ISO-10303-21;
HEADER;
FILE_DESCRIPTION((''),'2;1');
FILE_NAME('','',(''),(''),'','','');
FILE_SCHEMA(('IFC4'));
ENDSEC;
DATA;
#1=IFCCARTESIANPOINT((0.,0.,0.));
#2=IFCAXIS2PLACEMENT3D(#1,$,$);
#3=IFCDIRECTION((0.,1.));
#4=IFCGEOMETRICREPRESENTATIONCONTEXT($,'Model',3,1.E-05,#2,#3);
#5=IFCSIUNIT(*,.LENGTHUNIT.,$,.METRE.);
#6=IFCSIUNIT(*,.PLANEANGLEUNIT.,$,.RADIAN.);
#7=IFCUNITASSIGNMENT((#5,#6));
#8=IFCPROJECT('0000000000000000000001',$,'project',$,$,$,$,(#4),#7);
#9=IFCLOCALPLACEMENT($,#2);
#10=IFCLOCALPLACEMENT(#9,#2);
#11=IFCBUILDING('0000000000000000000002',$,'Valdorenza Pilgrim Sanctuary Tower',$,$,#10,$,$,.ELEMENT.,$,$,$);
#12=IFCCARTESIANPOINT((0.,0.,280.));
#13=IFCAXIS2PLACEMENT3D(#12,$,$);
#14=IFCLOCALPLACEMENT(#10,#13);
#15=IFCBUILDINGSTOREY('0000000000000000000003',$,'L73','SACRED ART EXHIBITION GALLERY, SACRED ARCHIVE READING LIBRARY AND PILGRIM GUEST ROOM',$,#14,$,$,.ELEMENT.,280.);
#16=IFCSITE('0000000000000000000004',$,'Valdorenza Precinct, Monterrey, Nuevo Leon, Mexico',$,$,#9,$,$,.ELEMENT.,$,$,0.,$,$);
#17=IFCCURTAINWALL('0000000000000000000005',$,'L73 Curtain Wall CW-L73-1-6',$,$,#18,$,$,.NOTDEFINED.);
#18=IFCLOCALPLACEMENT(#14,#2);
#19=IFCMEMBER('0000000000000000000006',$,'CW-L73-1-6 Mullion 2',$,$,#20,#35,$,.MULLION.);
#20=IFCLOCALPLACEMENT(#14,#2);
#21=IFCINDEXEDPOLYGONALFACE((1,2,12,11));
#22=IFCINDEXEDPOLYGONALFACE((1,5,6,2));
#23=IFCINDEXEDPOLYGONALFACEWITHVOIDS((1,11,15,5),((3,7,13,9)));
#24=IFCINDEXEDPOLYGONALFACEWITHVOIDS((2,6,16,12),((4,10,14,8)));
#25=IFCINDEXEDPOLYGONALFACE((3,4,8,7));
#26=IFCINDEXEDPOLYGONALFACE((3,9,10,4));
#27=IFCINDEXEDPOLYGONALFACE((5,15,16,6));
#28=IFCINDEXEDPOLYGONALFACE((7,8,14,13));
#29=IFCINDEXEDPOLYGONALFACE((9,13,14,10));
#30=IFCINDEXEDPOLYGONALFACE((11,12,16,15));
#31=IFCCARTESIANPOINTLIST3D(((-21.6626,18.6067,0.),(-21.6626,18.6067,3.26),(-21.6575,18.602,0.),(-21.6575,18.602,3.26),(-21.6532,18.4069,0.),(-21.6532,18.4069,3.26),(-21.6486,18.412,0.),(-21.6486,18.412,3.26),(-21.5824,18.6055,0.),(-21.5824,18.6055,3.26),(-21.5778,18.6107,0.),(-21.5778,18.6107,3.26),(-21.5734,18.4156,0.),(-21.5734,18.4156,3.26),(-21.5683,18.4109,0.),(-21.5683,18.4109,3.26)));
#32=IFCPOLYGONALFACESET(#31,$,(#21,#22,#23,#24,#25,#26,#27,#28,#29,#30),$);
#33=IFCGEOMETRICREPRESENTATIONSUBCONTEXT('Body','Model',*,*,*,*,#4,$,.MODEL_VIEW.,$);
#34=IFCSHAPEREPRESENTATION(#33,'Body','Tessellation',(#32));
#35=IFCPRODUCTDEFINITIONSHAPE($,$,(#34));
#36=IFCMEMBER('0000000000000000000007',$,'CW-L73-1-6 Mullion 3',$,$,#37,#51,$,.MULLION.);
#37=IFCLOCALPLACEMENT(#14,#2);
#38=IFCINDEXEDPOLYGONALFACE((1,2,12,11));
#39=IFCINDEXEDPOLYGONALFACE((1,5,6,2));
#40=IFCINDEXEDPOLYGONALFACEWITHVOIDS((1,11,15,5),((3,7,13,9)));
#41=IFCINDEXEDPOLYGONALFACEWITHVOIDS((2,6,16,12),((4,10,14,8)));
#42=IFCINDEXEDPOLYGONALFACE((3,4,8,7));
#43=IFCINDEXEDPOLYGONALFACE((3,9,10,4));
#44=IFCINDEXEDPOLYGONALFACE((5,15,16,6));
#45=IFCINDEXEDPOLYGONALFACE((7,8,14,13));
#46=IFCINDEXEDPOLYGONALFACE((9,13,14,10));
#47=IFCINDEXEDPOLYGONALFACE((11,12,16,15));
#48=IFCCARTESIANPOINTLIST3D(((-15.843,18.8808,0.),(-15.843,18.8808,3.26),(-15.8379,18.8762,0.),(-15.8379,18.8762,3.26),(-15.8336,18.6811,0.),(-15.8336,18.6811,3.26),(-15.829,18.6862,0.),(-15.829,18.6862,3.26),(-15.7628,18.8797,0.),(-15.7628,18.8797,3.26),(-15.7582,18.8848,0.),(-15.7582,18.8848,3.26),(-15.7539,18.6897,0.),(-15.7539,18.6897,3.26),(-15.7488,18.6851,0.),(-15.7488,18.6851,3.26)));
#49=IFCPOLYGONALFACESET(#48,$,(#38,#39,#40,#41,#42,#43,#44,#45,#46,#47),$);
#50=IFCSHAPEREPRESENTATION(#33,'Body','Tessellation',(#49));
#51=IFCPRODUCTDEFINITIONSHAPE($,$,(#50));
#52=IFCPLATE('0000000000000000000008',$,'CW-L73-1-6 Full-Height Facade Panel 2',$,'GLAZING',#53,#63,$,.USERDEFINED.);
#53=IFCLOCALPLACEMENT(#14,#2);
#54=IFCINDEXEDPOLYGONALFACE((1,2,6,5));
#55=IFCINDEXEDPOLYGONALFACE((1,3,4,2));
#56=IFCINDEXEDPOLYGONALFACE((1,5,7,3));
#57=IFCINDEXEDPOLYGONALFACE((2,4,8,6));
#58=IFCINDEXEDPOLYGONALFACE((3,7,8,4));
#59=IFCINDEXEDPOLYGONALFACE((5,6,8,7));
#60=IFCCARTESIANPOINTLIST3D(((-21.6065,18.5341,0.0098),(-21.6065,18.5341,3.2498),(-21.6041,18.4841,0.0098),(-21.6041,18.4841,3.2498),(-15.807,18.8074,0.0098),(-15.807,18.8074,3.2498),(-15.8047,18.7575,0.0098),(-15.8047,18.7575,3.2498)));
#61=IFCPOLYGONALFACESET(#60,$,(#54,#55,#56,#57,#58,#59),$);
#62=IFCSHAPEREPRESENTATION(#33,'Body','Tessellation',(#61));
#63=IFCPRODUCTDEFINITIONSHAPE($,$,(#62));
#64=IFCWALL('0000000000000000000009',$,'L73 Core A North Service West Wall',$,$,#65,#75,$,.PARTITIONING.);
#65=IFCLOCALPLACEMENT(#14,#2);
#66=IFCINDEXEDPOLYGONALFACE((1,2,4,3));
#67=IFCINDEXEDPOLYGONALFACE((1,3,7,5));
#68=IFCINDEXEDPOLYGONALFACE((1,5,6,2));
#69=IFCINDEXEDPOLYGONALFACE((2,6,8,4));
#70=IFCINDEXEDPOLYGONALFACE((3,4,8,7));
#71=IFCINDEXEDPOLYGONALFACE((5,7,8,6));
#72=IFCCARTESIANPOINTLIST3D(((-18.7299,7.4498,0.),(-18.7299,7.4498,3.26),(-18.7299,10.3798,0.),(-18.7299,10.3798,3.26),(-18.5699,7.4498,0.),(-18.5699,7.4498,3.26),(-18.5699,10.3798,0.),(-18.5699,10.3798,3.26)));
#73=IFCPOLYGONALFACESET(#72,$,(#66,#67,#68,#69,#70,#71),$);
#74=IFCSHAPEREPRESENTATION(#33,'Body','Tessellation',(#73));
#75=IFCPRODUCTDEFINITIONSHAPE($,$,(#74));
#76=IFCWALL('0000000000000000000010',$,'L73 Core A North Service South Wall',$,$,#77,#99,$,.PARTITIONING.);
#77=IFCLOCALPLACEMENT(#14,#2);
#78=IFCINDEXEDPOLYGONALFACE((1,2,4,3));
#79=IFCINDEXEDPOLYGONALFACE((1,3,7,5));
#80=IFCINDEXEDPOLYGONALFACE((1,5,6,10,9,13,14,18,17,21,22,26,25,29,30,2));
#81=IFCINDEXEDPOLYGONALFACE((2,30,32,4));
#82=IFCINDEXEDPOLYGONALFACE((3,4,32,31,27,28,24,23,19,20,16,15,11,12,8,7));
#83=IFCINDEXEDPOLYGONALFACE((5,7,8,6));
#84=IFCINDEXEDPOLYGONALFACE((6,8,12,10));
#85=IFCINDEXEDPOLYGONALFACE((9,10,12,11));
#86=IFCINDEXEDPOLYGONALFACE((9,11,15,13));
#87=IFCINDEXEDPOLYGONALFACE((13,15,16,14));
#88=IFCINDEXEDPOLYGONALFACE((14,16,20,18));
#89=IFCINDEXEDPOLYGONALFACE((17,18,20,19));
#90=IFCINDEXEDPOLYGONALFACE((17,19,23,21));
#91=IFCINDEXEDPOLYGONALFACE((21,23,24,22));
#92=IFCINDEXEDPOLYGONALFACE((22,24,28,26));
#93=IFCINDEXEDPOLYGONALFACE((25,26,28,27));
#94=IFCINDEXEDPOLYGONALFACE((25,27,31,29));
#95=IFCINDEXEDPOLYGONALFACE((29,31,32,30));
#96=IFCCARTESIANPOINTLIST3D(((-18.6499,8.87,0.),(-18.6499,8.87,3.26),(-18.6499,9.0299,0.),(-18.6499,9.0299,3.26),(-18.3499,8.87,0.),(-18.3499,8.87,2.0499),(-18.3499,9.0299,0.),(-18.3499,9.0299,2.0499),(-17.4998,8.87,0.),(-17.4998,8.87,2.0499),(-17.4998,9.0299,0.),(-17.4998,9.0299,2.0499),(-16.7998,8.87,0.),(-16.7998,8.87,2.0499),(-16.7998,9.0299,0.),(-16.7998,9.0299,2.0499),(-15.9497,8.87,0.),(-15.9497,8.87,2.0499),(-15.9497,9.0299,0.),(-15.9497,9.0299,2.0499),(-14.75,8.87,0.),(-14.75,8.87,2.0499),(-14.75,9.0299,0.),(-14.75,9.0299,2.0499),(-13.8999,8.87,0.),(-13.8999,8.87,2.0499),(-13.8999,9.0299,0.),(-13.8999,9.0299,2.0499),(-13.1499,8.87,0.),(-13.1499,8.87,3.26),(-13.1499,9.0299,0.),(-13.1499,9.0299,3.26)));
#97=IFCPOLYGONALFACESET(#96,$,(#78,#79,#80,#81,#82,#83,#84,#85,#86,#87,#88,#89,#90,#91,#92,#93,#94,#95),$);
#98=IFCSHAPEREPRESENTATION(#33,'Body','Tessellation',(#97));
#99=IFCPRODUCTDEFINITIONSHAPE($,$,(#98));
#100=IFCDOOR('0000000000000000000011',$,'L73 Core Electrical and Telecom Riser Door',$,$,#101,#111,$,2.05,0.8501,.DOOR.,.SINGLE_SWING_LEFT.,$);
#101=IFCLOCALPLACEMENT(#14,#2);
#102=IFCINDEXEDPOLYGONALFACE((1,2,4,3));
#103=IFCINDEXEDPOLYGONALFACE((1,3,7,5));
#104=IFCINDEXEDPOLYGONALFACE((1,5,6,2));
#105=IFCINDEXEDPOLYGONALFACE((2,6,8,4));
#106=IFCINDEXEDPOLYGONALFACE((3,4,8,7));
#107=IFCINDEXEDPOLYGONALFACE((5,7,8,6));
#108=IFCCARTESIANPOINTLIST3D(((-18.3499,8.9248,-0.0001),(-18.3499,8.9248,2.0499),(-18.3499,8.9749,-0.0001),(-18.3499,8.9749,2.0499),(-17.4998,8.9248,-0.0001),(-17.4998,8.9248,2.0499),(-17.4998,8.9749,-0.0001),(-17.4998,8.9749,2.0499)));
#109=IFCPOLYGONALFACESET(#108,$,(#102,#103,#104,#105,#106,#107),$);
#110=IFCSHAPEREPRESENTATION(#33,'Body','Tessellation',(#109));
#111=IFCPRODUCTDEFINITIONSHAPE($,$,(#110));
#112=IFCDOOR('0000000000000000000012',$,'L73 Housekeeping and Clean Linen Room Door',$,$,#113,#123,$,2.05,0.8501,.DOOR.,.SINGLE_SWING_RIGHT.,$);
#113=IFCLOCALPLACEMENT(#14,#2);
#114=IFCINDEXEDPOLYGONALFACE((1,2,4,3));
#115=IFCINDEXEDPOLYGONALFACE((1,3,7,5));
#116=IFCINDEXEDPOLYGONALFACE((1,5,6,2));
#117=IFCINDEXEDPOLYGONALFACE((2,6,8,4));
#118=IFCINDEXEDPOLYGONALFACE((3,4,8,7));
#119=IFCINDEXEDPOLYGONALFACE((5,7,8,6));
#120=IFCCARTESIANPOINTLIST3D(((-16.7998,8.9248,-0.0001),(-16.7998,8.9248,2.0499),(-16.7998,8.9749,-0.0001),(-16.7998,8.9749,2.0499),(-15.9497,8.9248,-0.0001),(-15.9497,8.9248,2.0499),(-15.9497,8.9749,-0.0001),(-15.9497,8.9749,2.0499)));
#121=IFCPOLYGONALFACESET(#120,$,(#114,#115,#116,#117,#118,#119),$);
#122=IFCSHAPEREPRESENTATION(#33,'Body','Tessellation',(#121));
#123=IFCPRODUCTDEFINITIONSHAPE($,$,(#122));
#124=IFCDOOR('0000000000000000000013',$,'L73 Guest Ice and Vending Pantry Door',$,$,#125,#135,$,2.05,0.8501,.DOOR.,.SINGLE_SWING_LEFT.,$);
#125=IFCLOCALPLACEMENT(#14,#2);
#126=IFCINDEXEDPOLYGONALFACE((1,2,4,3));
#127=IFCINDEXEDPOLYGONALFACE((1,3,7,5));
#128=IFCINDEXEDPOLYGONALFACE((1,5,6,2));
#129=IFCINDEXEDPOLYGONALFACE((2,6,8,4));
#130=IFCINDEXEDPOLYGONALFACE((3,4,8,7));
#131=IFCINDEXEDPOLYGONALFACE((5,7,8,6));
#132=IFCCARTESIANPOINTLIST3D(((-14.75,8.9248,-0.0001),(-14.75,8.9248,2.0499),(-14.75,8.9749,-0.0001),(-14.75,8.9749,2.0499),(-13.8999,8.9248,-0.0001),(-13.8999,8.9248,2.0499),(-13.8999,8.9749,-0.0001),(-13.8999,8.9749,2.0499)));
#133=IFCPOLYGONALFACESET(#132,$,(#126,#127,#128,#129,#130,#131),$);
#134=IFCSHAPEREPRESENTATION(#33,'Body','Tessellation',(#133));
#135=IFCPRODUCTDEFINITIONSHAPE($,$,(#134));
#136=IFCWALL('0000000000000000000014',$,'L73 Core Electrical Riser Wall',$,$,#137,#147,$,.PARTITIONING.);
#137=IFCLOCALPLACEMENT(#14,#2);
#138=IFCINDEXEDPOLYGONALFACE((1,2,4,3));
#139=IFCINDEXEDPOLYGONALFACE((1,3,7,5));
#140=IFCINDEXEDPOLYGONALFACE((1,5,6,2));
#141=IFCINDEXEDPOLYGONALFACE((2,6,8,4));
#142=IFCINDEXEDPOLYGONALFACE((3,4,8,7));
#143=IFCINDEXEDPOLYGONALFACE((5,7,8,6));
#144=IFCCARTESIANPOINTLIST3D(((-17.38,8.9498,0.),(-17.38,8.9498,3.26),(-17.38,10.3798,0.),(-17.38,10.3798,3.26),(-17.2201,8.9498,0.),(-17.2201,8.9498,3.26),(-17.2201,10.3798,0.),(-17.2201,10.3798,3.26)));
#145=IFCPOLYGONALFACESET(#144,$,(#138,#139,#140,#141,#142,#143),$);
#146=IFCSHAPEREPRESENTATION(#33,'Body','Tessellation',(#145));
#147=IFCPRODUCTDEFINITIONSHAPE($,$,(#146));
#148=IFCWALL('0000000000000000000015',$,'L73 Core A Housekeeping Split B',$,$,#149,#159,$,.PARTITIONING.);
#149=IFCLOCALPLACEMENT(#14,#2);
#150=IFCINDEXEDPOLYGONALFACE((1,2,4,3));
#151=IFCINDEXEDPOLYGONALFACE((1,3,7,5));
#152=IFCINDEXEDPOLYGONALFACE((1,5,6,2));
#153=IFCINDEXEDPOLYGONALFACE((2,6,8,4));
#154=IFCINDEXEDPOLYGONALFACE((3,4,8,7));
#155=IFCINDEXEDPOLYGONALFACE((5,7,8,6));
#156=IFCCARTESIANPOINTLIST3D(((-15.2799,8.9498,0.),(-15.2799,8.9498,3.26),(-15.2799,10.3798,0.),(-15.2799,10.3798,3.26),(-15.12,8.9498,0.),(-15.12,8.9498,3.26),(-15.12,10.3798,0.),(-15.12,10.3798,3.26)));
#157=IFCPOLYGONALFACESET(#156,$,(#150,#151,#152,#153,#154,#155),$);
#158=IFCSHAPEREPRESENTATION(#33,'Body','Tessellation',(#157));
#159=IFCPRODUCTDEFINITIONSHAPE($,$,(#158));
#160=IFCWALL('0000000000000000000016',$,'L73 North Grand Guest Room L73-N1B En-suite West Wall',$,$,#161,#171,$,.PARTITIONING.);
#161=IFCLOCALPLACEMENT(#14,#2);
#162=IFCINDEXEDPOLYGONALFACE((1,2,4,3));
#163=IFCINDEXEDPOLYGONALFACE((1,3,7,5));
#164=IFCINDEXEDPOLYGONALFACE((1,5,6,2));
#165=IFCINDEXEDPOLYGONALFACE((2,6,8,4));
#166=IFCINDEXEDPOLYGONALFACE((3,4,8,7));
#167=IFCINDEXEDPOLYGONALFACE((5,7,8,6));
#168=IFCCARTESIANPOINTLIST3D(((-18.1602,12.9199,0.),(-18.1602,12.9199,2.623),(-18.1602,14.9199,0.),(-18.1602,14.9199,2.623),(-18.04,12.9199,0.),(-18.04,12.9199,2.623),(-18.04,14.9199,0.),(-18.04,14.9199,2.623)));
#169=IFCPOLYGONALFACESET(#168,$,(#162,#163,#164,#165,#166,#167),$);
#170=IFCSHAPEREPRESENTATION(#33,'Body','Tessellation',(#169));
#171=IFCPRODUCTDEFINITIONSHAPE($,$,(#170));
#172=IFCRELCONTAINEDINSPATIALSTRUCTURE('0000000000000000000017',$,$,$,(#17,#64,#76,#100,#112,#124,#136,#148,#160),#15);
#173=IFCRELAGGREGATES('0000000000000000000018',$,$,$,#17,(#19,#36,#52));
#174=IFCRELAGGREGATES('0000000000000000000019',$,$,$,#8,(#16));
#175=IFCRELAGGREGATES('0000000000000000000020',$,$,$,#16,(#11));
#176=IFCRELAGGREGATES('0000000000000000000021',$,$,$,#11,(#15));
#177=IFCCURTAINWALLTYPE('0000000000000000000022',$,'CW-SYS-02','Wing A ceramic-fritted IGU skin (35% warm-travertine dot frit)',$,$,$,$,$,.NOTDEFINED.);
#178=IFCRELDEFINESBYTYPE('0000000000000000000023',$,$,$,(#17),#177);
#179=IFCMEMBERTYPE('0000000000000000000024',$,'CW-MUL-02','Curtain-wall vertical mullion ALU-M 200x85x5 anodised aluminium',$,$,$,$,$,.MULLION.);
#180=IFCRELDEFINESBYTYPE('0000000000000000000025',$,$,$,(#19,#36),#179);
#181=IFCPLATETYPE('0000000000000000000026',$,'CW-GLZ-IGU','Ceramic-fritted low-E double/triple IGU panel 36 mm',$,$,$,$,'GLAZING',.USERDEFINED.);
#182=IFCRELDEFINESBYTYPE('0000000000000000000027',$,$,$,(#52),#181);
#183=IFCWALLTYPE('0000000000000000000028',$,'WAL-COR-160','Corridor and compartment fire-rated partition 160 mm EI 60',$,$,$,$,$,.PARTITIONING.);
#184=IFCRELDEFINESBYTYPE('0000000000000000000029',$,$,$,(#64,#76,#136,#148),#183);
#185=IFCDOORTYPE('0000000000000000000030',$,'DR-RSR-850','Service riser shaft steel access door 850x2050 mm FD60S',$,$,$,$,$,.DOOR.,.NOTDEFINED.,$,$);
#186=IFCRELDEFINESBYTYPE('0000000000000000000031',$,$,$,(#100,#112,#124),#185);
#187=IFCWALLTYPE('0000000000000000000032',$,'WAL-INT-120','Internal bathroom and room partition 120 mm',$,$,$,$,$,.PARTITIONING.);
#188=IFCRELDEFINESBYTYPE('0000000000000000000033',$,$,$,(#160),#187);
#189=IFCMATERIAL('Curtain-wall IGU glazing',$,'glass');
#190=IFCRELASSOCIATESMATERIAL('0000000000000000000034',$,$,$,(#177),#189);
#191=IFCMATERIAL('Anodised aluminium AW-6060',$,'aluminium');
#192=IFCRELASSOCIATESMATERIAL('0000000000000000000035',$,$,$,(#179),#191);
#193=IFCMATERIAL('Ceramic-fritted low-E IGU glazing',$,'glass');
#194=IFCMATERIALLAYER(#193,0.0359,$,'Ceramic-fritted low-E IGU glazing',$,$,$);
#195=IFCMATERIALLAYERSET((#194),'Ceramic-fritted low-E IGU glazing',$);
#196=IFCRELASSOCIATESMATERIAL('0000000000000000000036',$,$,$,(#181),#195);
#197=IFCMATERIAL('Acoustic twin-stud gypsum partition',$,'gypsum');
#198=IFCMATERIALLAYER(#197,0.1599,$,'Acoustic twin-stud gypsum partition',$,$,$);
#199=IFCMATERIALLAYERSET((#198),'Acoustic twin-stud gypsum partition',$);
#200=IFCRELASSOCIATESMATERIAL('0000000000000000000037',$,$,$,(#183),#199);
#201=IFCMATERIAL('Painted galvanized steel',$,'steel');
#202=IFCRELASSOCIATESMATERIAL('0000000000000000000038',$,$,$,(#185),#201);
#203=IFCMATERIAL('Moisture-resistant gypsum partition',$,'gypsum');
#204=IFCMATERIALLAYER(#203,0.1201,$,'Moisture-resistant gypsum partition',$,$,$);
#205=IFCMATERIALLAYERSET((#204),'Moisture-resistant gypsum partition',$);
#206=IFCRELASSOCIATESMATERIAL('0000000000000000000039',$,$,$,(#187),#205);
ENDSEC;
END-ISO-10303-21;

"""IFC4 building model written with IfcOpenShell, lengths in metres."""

from ifc_helpers import new_model, si_unit, direction, frame, frame_2d, origin, origin_2d, place, context, subcontext, project, spatial, rectangle, hollow_rectangle, extrude, source, transform, mapped, material, layer, layer_set, material_profile, profile_set, type_object, element, fill, aggregate, save


model = new_model("IFC4")

# Units and contexts
model_context = context("Model", 3, precision=1e-05, world=origin(), true_north=direction((0.0, 1.0)))
body_context = subcontext(model_context, "Body", "Model", "MODEL_VIEW")
ifc_project = project(units=[si_unit("LENGTHUNIT", "METRE"), si_unit("PLANEANGLEUNIT", "RADIAN")], contexts=[model_context])

# Site, building, storey
site_placement = place(None, origin())
site = spatial("IfcSite", under=ifc_project, at=site_placement, Name="Valdorenza Precinct, Monterrey, Nuevo Leon, Mexico", CompositionType="ELEMENT", RefElevation=0.0)
building_placement = place(site_placement, origin())
building = spatial("IfcBuilding", under=site, at=building_placement, Name="Valdorenza Pilgrim Sanctuary Tower", CompositionType="ELEMENT")
storey_placement = place(building_placement, frame((0.0, 0.0, 280.0)))
storey = spatial("IfcBuildingStorey", under=building, at=storey_placement, Name="L73", Description="SACRED ART EXHIBITION GALLERY, SACRED ARCHIVE READING LIBRARY AND PILGRIM GUEST ROOM", CompositionType="ELEMENT", Elevation=280.0)

# Curtain wall, members, plate
ifc_material_1 = material(Name="Curtain-wall IGU glazing", Category="glass")
curtain_wall_type = type_object("IfcCurtainWallType", Name="CW-SYS-02", Description="Wing A ceramic-fritted IGU skin (35% warm-travertine dot frit)", PredefinedType="NOTDEFINED", material=ifc_material_1)
curtain_wall_placement = place(storey_placement, origin())
curtain_wall = element("IfcCurtainWall", 1, at=curtain_wall_placement, inside=storey, type_object=curtain_wall_type, Name="L73 Curtain Wall CW-L73-1-6", PredefinedType="NOTDEFINED")
ifc_material_2 = material(Name="Anodised aluminium AW-6060", Category="aluminium")
ifc_material_profile = material_profile(ifc_material_2, hollow_rectangle(XDim=0.085, YDim=0.2, WallThickness=0.0049, at=origin_2d()), Name="ALU-M 200x85x5")
ifc_profile_set = profile_set([ifc_material_profile], Name="Anodised aluminium AW-6060")
member_type = type_object("IfcMemberType", Name="CW-MUL-02", Description="Curtain-wall vertical mullion ALU-M 200x85x5 anodised aluminium", PredefinedType="MULLION", material=ifc_profile_set)
shared_shape_1 = source(origin(), body_context, "Body", "SweptSolid", [
    extrude(hollow_rectangle(XDim=0.085, YDim=0.2, WallThickness=0.0049, at=origin_2d()), origin(), (0.0, 0.0, 1.0), 3.26),
])
member_1_placement = place(storey_placement, frame((-21.6155, 18.5088, 0.0), z_axis=(0.0, 0.0, 1.0), x_axis=(0.998891, 0.047089, 0.0)))
member_1 = element("IfcMember", 2, at=member_1_placement, type_object=member_type, Name="CW-L73-1-6 Mullion 2", PredefinedType="MULLION", context=body_context, shape_type="MappedRepresentation", body=[
    mapped(shared_shape_1, transform((0.0, 0.0, 0.0), x_axis=(1.0, 0.0, 0.0), y_axis=(0.0, 1.0, 0.0), z_axis=(0.0, 0.0, 1.0), scale=1.0)),
])
member_2_placement = place(storey_placement, frame((-15.7959, 18.783, 0.0), z_axis=(0.0, 0.0, 1.0), x_axis=(0.998891, 0.047089, 0.0)))
member_2 = element("IfcMember", 3, at=member_2_placement, type_object=member_type, Name="CW-L73-1-6 Mullion 3", PredefinedType="MULLION", context=body_context, shape_type="MappedRepresentation", body=[
    mapped(shared_shape_1, transform((0.0, 0.0, 0.0), x_axis=(1.0, 0.0, 0.0), y_axis=(0.0, 1.0, 0.0), z_axis=(0.0, 0.0, 1.0), scale=1.0)),
])
ifc_material_3 = material(Name="Ceramic-fritted low-E IGU glazing", Category="glass")
ifc_layer_1 = layer(ifc_material_3, 0.0359, Name="Ceramic-fritted low-E IGU glazing")
ifc_layer_set_1 = layer_set([ifc_layer_1], Name="Ceramic-fritted low-E IGU glazing")
plate_type = type_object("IfcPlateType", Name="CW-GLZ-IGU", Description="Ceramic-fritted low-E double/triple IGU panel 36 mm", ElementType="GLAZING", PredefinedType="USERDEFINED", material=ifc_layer_set_1)
shared_shape_2 = source(origin(), body_context, "Body", "SweptSolid", [
    extrude(rectangle(XDim=5.8059, YDim=0.05, at=origin_2d()), origin(), (0.0, 0.0, 1.0), 3.24),
])
plate_placement = place(storey_placement, frame((-18.7056, 18.6458, 0.0098), z_axis=(0.0, 0.0, 1.0), x_axis=(0.998891, 0.047089, 0.0)))
plate = element("IfcPlate", 4, at=plate_placement, type_object=plate_type, Name="CW-L73-1-6 Full-Height Facade Panel 2", ObjectType="GLAZING", PredefinedType="USERDEFINED", context=body_context, shape_type="MappedRepresentation", body=[
    mapped(shared_shape_2, transform((0.0, 0.0, 0.0), x_axis=(1.0, 0.0, 0.0), y_axis=(0.0, 1.0, 0.0), z_axis=(0.0, 0.0, 1.0), scale=1.0)),
])
aggregate(curtain_wall, [member_1, member_2, plate])

# Wall
ifc_material_4 = material(Name="Acoustic twin-stud gypsum partition", Category="gypsum")
ifc_layer_2 = layer(ifc_material_4, 0.1599, Name="Acoustic twin-stud gypsum partition")
ifc_layer_set_2 = layer_set([ifc_layer_2], Name="Acoustic twin-stud gypsum partition")
wall_type_1 = type_object("IfcWallType", Name="WAL-COR-160", Description="Corridor and compartment fire-rated partition 160 mm EI 60", PredefinedType="PARTITIONING", material=ifc_layer_set_2)
wall_1_placement = place(storey_placement, frame((-18.6499, 7.45, 0.0), z_axis=(0.0, 0.0, 1.0), x_axis=(0.0, 1.0, 0.0)))
element("IfcWall", 5, at=wall_1_placement, inside=storey, type_object=wall_type_1, Name="L73 Core A North Service West Wall", PredefinedType="PARTITIONING", context=body_context, shape_type="SweptSolid", body=[
    extrude(rectangle(XDim=2.9299, YDim=0.1599, at=frame_2d((1.4648, 0.0))), origin(), (0.0, 0.0, 1.0), 3.26),
])

# Wall, openings, doors
wall_2_placement = place(storey_placement, frame((-18.6499, 8.95, 0.0), z_axis=(0.0, 0.0, 1.0), x_axis=(1.0, 0.0, 0.0)))
wall_2 = element("IfcWall", 6, at=wall_2_placement, inside=storey, type_object=wall_type_1, Name="L73 Core A North Service South Wall", PredefinedType="PARTITIONING", context=body_context, shape_type="SweptSolid", body=[
    extrude(rectangle(XDim=5.5, YDim=0.1599, at=frame_2d((2.75, 0.0))), origin(), (0.0, 0.0, 1.0), 3.26),
])
opening_1_placement = place(wall_2_placement, frame((0.3, 0.0, 0.0)))
opening_1 = element("IfcOpeningElement", 7, at=opening_1_placement, cuts=wall_2, PredefinedType="OPENING", context=body_context, shape_type="SweptSolid", body=[
    extrude(rectangle(XDim=0.8501, YDim=2.05, at=frame_2d((0.425, 1.0249))), frame((0.0, 0.0947, 0.0), z_axis=(0.0, -1.0, 0.0), x_axis=(1.0, 0.0, 0.0)), (0.0, 0.0, 1.0), 0.1897),
])
opening_2_placement = place(wall_2_placement, frame((1.8501, 0.0, 0.0)))
opening_2 = element("IfcOpeningElement", 8, at=opening_2_placement, cuts=wall_2, PredefinedType="OPENING", context=body_context, shape_type="SweptSolid", body=[
    extrude(rectangle(XDim=0.8501, YDim=2.05, at=frame_2d((0.425, 1.0249))), frame((0.0, 0.0947, 0.0), z_axis=(0.0, -1.0, 0.0), x_axis=(1.0, 0.0, 0.0)), (0.0, 0.0, 1.0), 0.1897),
])
opening_3_placement = place(wall_2_placement, frame((3.8999, 0.0, 0.0)))
opening_3 = element("IfcOpeningElement", 9, at=opening_3_placement, cuts=wall_2, PredefinedType="OPENING", context=body_context, shape_type="SweptSolid", body=[
    extrude(rectangle(XDim=0.8501, YDim=2.05, at=frame_2d((0.425, 1.0249))), frame((0.0, 0.0947, 0.0), z_axis=(0.0, -1.0, 0.0), x_axis=(1.0, 0.0, 0.0)), (0.0, 0.0, 1.0), 0.1897),
])
ifc_material_5 = material(Name="Painted galvanized steel", Category="steel")
door_type_1 = type_object("IfcDoorType", Name="DR-RSR-850", Description="Service riser shaft steel access door 850x2050 mm FD60S", OperationType="NOTDEFINED", PredefinedType="DOOR", material=ifc_material_5)
door_1_placement = place(opening_1_placement, origin())
door_1 = element("IfcDoor", 10, at=door_1_placement, inside=storey, type_object=door_type_1, Name="L73 Core Electrical and Telecom Riser Door", OperationType="SINGLE_SWING_LEFT", OverallHeight=2.05, OverallWidth=0.8501, PredefinedType="DOOR", context=body_context, shape_type="SweptSolid", body=[
    extrude(rectangle(XDim=0.8501, YDim=2.05, at=frame_2d((0.425, 1.0249))), frame((0.0, 0.0249, 0.0), z_axis=(0.0, -1.0, 0.0), x_axis=(1.0, 0.0, 0.0)), (0.0, 0.0, 1.0), 0.05),
])
fill(opening_1, door_1)
door_2_placement = place(opening_2_placement, origin())
door_2 = element("IfcDoor", 11, at=door_2_placement, inside=storey, type_object=door_type_1, Name="L73 Housekeeping and Clean Linen Room Door", OperationType="SINGLE_SWING_RIGHT", OverallHeight=2.05, OverallWidth=0.8501, PredefinedType="DOOR", context=body_context, shape_type="SweptSolid", body=[
    extrude(rectangle(XDim=0.8501, YDim=2.05, at=frame_2d((0.425, 1.0249))), frame((0.0, 0.0249, 0.0), z_axis=(0.0, -1.0, 0.0), x_axis=(1.0, 0.0, 0.0)), (0.0, 0.0, 1.0), 0.05),
])
fill(opening_2, door_2)
door_3_placement = place(opening_3_placement, origin())
door_3 = element("IfcDoor", 12, at=door_3_placement, inside=storey, type_object=door_type_1, Name="L73 Guest Ice and Vending Pantry Door", OperationType="SINGLE_SWING_LEFT", OverallHeight=2.05, OverallWidth=0.8501, PredefinedType="DOOR", context=body_context, shape_type="SweptSolid", body=[
    extrude(rectangle(XDim=0.8501, YDim=2.05, at=frame_2d((0.425, 1.0249))), frame((0.0, 0.0249, 0.0), z_axis=(0.0, -1.0, 0.0), x_axis=(1.0, 0.0, 0.0)), (0.0, 0.0, 1.0), 0.05),
])
fill(opening_3, door_3)

# Walls
for number, where, z_axis, x_axis, name in (
    (13, (-17.3, 8.95, 0.0), (0.0, 0.0, 1.0), (0.0, 1.0, 0.0), "L73 Core Electrical Riser Wall"),
    (14, (-15.2, 8.95, 0.0), (0.0, 0.0, 1.0), (0.0, 1.0, 0.0), "L73 Core A Housekeeping Split B"),
):
    element("IfcWall", number, at=place(storey_placement, frame(where, z_axis=z_axis, x_axis=x_axis)), inside=storey, type_object=wall_type_1, Name=name, PredefinedType="PARTITIONING", context=body_context, shape_type="SweptSolid", body=[
        extrude(rectangle(XDim=1.4299, YDim=0.1599, at=frame_2d((0.7148, 0.0))), origin(), (0.0, 0.0, 1.0), 3.26),
    ])
ifc_material_6 = material(Name="Moisture-resistant gypsum partition", Category="gypsum")
ifc_layer_3 = layer(ifc_material_6, 0.1201, Name="Moisture-resistant gypsum partition")
ifc_layer_set_3 = layer_set([ifc_layer_3], Name="Moisture-resistant gypsum partition")
wall_type_2 = type_object("IfcWallType", Name="WAL-INT-120", Description="Internal bathroom and room partition 120 mm", PredefinedType="PARTITIONING", material=ifc_layer_set_3)
wall_3_placement = place(storey_placement, frame((-18.1001, 12.9199, 0.0), z_axis=(0.0, 0.0, 1.0), x_axis=(0.0, 1.0, 0.0)))
element("IfcWall", 15, at=wall_3_placement, inside=storey, type_object=wall_type_2, Name="L73 North Grand Guest Room L73-N1B En-suite West Wall", PredefinedType="PARTITIONING", context=body_context, shape_type="SweptSolid", body=[
    extrude(rectangle(XDim=2.0, YDim=0.1201, at=frame_2d((1.0, 0.0))), origin(), (0.0, 0.0, 1.0), 2.623),
])

save(model, "model.ifc")
